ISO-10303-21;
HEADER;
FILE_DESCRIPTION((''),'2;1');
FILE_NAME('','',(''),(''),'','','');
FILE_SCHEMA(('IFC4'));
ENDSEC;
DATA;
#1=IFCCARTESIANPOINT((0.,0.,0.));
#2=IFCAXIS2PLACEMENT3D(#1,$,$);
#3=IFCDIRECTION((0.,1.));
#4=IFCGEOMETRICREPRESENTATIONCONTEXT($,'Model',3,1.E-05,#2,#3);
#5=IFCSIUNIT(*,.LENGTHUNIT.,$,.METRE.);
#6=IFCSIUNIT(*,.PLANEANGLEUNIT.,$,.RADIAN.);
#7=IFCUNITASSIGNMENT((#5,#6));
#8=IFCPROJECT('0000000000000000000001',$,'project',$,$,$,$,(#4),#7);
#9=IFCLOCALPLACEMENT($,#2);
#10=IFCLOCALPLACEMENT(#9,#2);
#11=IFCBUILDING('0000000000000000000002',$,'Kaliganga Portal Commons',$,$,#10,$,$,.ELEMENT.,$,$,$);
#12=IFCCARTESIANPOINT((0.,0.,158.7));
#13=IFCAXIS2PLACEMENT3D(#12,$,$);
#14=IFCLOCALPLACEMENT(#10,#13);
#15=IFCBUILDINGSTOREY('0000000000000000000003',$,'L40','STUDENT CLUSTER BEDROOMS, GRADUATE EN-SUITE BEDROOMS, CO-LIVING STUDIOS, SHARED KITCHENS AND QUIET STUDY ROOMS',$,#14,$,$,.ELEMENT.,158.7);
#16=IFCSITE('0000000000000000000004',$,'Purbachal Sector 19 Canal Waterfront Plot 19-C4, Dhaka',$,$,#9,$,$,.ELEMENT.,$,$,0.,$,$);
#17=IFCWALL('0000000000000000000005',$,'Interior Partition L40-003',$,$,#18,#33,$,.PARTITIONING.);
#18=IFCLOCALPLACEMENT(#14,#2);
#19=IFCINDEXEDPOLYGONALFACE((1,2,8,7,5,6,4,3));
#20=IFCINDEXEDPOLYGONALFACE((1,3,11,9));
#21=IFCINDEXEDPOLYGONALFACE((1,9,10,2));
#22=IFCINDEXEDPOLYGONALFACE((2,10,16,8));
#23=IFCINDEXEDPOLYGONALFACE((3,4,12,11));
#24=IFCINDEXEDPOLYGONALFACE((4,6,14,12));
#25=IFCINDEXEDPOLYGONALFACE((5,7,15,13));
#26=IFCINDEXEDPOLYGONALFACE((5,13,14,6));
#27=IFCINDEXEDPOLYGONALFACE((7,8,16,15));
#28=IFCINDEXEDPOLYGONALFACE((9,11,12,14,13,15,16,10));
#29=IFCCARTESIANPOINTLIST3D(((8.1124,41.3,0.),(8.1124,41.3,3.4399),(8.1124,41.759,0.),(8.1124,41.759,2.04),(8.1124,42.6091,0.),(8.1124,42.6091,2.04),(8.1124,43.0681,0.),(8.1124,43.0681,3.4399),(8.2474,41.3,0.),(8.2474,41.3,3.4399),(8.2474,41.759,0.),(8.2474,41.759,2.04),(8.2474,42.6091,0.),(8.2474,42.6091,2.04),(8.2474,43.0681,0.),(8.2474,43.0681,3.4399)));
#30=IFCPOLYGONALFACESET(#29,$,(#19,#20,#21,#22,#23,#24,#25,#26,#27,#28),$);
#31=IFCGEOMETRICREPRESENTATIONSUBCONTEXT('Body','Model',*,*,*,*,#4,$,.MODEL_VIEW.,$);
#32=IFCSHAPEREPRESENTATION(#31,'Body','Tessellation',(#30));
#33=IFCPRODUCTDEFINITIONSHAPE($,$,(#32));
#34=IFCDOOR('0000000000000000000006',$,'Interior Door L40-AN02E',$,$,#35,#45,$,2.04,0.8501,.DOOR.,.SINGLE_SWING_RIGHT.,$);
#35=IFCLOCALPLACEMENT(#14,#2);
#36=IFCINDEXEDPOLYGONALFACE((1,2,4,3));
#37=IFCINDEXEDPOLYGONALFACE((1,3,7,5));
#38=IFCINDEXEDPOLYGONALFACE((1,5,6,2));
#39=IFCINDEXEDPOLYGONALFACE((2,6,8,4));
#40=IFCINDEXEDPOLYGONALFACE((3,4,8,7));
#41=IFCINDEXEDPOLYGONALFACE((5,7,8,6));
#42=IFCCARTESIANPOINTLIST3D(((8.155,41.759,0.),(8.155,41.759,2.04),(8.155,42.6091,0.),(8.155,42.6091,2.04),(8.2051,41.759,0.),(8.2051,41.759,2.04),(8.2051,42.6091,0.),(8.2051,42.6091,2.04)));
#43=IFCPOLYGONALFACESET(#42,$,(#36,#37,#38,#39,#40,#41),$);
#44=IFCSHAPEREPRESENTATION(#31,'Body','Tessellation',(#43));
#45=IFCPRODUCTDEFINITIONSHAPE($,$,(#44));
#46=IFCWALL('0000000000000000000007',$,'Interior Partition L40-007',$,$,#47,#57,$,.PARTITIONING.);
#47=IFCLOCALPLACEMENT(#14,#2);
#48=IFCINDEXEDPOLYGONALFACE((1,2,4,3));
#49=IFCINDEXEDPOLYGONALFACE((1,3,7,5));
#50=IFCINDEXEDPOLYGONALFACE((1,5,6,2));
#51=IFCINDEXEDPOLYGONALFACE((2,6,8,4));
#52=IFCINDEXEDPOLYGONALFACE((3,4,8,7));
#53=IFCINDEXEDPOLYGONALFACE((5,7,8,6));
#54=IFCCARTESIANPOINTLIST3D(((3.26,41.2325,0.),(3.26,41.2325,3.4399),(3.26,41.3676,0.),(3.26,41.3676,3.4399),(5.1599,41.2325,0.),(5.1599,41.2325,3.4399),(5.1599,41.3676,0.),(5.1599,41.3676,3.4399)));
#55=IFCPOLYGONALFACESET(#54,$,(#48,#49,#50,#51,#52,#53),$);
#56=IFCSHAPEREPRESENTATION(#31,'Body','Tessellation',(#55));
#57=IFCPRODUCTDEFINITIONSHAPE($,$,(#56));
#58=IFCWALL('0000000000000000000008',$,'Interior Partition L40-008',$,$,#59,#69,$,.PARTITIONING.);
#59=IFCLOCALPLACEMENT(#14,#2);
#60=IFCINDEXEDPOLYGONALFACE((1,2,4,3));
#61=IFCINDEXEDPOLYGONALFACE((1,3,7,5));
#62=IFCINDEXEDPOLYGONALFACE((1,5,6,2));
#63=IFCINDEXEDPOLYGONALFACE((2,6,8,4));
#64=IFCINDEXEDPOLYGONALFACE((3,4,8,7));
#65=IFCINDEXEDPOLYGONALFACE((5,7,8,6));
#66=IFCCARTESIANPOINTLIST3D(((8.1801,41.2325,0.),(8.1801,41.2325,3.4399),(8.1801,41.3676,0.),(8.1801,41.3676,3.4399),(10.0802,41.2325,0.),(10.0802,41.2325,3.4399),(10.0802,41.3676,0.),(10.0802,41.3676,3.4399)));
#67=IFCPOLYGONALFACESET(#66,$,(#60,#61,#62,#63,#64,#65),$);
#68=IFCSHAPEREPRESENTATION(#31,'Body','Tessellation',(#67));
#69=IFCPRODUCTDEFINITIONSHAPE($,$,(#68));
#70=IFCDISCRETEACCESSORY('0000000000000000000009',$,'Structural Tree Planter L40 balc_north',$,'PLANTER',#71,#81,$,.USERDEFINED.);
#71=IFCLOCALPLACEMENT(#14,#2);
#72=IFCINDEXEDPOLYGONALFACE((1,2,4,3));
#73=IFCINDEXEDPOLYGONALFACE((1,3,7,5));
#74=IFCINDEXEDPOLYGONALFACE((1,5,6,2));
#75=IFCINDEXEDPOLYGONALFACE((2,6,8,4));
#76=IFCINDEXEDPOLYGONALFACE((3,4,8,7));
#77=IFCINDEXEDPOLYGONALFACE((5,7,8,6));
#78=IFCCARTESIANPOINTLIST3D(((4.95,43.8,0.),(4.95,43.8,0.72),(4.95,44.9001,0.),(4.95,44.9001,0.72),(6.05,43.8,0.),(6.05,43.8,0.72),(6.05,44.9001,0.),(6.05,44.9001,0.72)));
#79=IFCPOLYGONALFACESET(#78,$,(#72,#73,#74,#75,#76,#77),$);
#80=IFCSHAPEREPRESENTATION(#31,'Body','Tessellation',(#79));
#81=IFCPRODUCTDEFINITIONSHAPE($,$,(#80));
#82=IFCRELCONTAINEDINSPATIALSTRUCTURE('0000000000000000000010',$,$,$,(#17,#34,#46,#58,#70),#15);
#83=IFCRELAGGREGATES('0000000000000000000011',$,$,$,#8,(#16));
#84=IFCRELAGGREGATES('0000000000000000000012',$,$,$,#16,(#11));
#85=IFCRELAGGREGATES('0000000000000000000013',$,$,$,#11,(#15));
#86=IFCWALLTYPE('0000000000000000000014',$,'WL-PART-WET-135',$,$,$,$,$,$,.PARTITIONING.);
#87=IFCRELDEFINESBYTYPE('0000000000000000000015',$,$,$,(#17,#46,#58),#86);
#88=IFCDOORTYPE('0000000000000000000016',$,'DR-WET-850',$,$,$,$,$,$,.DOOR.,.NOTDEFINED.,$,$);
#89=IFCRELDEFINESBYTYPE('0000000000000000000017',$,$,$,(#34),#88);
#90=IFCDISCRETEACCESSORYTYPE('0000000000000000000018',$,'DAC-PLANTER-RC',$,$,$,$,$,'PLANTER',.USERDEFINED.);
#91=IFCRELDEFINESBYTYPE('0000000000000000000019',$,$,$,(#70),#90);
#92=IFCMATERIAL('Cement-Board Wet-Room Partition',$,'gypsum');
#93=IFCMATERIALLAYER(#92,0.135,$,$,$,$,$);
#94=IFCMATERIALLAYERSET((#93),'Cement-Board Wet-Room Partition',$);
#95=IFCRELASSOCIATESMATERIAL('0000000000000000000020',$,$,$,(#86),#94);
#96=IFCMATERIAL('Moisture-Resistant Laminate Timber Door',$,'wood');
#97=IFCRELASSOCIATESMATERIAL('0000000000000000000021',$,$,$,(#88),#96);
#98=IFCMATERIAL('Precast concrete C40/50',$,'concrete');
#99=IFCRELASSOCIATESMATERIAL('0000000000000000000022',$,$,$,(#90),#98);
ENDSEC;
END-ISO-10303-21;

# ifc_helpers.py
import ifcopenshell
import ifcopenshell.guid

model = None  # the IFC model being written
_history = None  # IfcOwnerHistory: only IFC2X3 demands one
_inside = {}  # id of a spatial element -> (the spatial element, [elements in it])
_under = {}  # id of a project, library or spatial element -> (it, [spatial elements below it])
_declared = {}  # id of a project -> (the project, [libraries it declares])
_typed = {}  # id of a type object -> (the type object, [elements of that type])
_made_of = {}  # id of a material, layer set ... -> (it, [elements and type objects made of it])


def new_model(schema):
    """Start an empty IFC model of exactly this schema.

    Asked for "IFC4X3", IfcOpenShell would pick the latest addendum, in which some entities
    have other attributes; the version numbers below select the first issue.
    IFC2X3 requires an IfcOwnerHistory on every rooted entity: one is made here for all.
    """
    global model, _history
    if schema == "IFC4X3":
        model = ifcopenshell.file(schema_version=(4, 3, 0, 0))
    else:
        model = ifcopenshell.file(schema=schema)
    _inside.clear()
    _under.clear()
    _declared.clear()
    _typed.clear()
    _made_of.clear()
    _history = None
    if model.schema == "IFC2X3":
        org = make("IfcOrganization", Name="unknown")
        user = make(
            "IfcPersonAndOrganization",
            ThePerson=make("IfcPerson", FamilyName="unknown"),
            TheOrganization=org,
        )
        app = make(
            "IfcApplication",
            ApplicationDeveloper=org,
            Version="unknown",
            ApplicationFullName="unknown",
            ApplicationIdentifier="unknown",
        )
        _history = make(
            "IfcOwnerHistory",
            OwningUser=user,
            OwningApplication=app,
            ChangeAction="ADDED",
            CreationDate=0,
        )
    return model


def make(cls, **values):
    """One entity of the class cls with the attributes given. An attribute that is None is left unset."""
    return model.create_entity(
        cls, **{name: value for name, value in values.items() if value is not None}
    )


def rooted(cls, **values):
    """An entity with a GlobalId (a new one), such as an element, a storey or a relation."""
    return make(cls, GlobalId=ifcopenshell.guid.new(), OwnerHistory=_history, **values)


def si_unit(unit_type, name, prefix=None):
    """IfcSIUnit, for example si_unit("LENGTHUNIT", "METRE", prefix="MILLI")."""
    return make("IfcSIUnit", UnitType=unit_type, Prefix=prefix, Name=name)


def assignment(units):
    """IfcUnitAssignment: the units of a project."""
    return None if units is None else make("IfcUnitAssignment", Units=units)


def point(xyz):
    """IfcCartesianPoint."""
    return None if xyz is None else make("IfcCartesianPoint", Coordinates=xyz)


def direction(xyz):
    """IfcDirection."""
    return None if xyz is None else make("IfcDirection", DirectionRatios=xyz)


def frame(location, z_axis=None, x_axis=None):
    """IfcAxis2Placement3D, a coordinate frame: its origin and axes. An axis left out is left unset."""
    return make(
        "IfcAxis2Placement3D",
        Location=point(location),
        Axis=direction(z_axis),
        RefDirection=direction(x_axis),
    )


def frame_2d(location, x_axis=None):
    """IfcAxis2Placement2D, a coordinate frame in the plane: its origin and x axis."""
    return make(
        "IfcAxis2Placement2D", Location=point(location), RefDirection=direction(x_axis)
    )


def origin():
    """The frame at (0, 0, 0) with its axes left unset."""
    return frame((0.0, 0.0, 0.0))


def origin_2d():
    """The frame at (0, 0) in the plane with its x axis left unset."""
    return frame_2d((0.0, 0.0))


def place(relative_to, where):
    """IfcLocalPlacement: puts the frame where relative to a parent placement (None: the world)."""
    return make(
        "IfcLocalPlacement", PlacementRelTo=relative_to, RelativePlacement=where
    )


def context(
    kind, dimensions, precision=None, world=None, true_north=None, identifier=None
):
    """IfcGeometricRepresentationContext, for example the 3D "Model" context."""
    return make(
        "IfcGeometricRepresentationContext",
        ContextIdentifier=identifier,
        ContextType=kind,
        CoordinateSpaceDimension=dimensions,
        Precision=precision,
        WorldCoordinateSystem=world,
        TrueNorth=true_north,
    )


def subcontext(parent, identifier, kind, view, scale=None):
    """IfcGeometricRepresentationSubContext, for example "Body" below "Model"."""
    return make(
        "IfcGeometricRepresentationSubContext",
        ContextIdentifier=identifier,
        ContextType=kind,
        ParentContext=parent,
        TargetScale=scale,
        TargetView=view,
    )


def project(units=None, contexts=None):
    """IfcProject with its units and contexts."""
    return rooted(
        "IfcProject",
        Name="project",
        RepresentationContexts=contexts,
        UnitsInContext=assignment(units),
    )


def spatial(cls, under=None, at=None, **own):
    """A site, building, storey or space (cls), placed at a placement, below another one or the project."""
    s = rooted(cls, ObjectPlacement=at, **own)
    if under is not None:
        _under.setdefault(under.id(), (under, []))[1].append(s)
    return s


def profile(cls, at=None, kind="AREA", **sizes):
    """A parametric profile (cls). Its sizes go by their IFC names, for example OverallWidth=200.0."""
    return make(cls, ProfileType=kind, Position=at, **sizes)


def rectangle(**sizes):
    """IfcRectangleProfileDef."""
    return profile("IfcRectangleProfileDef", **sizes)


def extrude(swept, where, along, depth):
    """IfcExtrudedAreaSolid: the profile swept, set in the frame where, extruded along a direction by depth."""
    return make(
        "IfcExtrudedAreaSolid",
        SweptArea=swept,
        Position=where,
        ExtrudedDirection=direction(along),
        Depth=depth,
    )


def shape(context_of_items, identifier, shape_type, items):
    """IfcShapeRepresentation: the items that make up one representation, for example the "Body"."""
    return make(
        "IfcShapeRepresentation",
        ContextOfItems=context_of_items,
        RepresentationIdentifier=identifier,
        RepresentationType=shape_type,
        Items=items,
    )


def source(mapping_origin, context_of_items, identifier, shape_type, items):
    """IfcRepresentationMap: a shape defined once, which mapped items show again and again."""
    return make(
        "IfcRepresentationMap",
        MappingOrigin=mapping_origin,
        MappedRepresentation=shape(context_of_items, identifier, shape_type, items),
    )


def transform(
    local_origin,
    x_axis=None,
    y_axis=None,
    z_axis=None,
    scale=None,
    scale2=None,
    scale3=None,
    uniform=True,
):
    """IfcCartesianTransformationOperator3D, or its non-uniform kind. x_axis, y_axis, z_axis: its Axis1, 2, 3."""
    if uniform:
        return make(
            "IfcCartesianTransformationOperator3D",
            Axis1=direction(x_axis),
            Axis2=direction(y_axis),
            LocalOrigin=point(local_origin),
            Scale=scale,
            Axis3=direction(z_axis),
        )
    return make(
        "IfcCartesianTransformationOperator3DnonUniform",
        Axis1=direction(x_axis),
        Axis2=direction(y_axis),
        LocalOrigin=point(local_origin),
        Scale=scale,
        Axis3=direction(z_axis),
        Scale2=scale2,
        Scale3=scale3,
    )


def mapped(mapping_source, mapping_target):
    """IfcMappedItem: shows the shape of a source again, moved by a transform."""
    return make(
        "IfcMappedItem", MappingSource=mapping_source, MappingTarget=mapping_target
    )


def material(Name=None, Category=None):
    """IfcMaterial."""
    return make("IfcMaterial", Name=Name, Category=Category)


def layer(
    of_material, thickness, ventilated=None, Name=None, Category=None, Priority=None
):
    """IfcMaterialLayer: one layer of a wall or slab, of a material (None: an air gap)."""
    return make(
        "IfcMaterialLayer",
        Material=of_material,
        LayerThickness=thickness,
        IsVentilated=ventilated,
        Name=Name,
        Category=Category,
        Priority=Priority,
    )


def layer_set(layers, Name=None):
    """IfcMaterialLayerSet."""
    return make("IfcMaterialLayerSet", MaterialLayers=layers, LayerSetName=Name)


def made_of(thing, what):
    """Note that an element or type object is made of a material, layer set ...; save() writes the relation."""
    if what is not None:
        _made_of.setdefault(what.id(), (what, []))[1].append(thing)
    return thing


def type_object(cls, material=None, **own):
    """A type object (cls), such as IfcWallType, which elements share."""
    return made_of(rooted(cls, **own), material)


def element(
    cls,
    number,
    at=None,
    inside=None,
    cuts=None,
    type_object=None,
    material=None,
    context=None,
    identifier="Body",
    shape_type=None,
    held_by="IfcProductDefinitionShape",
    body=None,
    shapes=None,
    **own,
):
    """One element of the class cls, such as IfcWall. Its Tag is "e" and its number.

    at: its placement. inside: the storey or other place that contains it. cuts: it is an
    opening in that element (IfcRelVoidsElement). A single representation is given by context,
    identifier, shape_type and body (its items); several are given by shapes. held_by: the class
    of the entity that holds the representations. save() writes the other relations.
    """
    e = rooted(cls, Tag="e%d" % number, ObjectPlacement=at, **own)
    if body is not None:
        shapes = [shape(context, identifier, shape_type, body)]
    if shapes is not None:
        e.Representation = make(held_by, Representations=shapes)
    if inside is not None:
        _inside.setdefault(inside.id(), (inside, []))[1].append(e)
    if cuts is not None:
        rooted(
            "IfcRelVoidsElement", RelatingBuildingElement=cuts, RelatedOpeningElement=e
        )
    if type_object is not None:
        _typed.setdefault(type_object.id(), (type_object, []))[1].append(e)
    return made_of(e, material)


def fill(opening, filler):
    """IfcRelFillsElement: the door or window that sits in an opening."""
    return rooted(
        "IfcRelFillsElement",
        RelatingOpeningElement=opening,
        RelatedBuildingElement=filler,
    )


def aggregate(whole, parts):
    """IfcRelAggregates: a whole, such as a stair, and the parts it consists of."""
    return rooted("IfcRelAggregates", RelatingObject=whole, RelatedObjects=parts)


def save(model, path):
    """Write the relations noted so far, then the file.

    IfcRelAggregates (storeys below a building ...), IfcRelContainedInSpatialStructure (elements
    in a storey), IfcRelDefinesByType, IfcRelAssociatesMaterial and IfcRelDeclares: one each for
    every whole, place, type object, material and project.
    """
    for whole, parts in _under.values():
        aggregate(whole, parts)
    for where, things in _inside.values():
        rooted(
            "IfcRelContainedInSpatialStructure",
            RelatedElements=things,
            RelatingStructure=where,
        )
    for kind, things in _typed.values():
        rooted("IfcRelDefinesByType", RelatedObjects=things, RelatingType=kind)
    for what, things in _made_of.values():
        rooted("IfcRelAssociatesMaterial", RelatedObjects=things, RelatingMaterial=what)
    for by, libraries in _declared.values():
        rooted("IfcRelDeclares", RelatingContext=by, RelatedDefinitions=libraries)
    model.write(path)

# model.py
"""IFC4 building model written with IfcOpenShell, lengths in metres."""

from ifc_helpers import new_model, si_unit, direction, frame, frame_2d, origin, origin_2d, place, context, subcontext, project, spatial, rectangle, extrude, source, transform, mapped, material, layer, layer_set, type_object, element, fill, save


model = new_model("IFC4")

# Units and contexts
model_context = context("Model", 3, precision=1e-05, world=origin(), true_north=direction((0.0, 1.0)))
body_context = subcontext(model_context, "Body", "Model", "MODEL_VIEW")
ifc_project = project(units=[si_unit("LENGTHUNIT", "METRE"), si_unit("PLANEANGLEUNIT", "RADIAN")], contexts=[model_context])

# Site, building, storey
site_placement = place(None, origin())
site = spatial("IfcSite", under=ifc_project, at=site_placement, Name="Purbachal Sector 19 Canal Waterfront Plot 19-C4, Dhaka", CompositionType="ELEMENT", RefElevation=0.0)
building_placement = place(site_placement, origin())
building = spatial("IfcBuilding", under=site, at=building_placement, Name="Kaliganga Portal Commons", CompositionType="ELEMENT")
storey_placement = place(building_placement, frame((0.0, 0.0, 158.7)))
storey = spatial("IfcBuildingStorey", under=building, at=storey_placement, Name="L40", Description="STUDENT CLUSTER BEDROOMS, GRADUATE EN-SUITE BEDROOMS, CO-LIVING STUDIOS, SHARED KITCHENS AND QUIET STUDY ROOMS", CompositionType="ELEMENT", Elevation=158.7)

# Shared definitions
ifc_material_1 = material(Name="Cement-Board Wet-Room Partition", Category="gypsum")
ifc_layer_1 = layer(ifc_material_1, 0.135)
ifc_layer_set_1 = layer_set([ifc_layer_1], Name="Cement-Board Wet-Room Partition")
wall_type_1 = type_object("IfcWallType", Name="WL-PART-WET-135", PredefinedType="PARTITIONING", material=ifc_layer_set_1)
ifc_material_2 = material(Name="Moisture-Resistant Laminate Timber Door", Category="wood")
door_type_1 = type_object("IfcDoorType", Name="DR-WET-850", OperationType="NOTDEFINED", PredefinedType="DOOR", material=ifc_material_2)

# Wall, opening, door
wall_1_placement = place(storey_placement, frame((8.1799, 41.3, 0.0), z_axis=(0.0, 0.0, 1.0), x_axis=(0.0, 1.0, 0.0)))
wall_1 = element("IfcWall", 1, at=wall_1_placement, inside=storey, type_object=wall_type_1, Name="Interior Partition L40-003", PredefinedType="PARTITIONING", context=body_context, shape_type="SweptSolid", body=[
    extrude(rectangle(XDim=1.7681, YDim=0.135, at=frame_2d((0.884, 0.0))), origin(), (0.0, 0.0, 1.0), 3.4399),
])
opening_1_placement = place(wall_1_placement, frame((0.459, 0.0, 0.0)))
opening_1 = element("IfcOpeningElement", 2, at=opening_1_placement, cuts=wall_1, PredefinedType="OPENING", context=body_context, shape_type="SweptSolid", body=[
    extrude(rectangle(XDim=0.8501, YDim=2.04, at=frame_2d((0.425, 1.02))), frame((0.0, 0.0776, 0.0), z_axis=(0.0, -1.0, 0.0), x_axis=(1.0, 0.0, 0.0)), (0.0, 0.0, 1.0), 0.155),
])
door_1_placement = place(opening_1_placement, origin())
door_1 = element("IfcDoor", 3, at=door_1_placement, inside=storey, type_object=door_type_1, Name="Interior Door L40-AN02E", OperationType="SINGLE_SWING_RIGHT", OverallHeight=2.04, OverallWidth=0.8501, PredefinedType="DOOR", context=body_context, shape_type="SweptSolid", body=[
    extrude(rectangle(XDim=0.8501, YDim=2.04, at=frame_2d((0.425, 1.02))), frame((0.0, 0.0249, 0.0), z_axis=(0.0, -1.0, 0.0), x_axis=(1.0, 0.0, 0.0)), (0.0, 0.0, 1.0), 0.05),
])
fill(opening_1, door_1)

# Walls
wall_2_placement = place(storey_placement, frame((3.26, 41.3, 0.0), z_axis=(0.0, 0.0, 1.0), x_axis=(1.0, 0.0, 0.0)))
element("IfcWall", 4, at=wall_2_placement, inside=storey, type_object=wall_type_1, Name="Interior Partition L40-007", PredefinedType="PARTITIONING", context=body_context, shape_type="SweptSolid", body=[
    extrude(rectangle(XDim=1.8999, YDim=0.135, at=frame_2d((0.95, 0.0))), origin(), (0.0, 0.0, 1.0), 3.4399),
])
wall_3_placement = place(storey_placement, frame((8.1799, 41.3, 0.0), z_axis=(0.0, 0.0, 1.0), x_axis=(1.0, 0.0, 0.0)))
element("IfcWall", 5, at=wall_3_placement, inside=storey, type_object=wall_type_1, Name="Interior Partition L40-008", PredefinedType="PARTITIONING", context=body_context, shape_type="SweptSolid", body=[
    extrude(rectangle(XDim=1.9001, YDim=0.135, at=frame_2d((0.9502, 0.0))), origin(), (0.0, 0.0, 1.0), 3.4399),
])

# Discrete accessory
ifc_material_3 = material(Name="Precast concrete C40/50", Category="concrete")
discrete_accessory_type = type_object("IfcDiscreteAccessoryType", Name="DAC-PLANTER-RC", ElementType="PLANTER", PredefinedType="USERDEFINED", material=ifc_material_3)
shared_shape_1 = source(origin(), body_context, "Body", "SweptSolid", [
    extrude(rectangle(XDim=1.1001, YDim=1.1001, at=origin_2d()), origin(), (0.0, 0.0, 1.0), 0.72),
])
discrete_accessory_placement = place(storey_placement, frame((5.5, 44.3501, 0.0), z_axis=(0.0, 0.0, 1.0), x_axis=(1.0, 0.0, 0.0)))
element("IfcDiscreteAccessory", 6, at=discrete_accessory_placement, inside=storey, type_object=discrete_accessory_type, Name="Structural Tree Planter L40 balc_north", ObjectType="PLANTER", PredefinedType="USERDEFINED", context=body_context, shape_type="MappedRepresentation", body=[
    mapped(shared_shape_1, transform((0.0, 0.0, 0.0), x_axis=(1.0, 0.0, 0.0), y_axis=(0.0, 1.0, 0.0), z_axis=(0.0, 0.0, 1.0), scale=1.0)),
])

save(model, "model.ifc")
